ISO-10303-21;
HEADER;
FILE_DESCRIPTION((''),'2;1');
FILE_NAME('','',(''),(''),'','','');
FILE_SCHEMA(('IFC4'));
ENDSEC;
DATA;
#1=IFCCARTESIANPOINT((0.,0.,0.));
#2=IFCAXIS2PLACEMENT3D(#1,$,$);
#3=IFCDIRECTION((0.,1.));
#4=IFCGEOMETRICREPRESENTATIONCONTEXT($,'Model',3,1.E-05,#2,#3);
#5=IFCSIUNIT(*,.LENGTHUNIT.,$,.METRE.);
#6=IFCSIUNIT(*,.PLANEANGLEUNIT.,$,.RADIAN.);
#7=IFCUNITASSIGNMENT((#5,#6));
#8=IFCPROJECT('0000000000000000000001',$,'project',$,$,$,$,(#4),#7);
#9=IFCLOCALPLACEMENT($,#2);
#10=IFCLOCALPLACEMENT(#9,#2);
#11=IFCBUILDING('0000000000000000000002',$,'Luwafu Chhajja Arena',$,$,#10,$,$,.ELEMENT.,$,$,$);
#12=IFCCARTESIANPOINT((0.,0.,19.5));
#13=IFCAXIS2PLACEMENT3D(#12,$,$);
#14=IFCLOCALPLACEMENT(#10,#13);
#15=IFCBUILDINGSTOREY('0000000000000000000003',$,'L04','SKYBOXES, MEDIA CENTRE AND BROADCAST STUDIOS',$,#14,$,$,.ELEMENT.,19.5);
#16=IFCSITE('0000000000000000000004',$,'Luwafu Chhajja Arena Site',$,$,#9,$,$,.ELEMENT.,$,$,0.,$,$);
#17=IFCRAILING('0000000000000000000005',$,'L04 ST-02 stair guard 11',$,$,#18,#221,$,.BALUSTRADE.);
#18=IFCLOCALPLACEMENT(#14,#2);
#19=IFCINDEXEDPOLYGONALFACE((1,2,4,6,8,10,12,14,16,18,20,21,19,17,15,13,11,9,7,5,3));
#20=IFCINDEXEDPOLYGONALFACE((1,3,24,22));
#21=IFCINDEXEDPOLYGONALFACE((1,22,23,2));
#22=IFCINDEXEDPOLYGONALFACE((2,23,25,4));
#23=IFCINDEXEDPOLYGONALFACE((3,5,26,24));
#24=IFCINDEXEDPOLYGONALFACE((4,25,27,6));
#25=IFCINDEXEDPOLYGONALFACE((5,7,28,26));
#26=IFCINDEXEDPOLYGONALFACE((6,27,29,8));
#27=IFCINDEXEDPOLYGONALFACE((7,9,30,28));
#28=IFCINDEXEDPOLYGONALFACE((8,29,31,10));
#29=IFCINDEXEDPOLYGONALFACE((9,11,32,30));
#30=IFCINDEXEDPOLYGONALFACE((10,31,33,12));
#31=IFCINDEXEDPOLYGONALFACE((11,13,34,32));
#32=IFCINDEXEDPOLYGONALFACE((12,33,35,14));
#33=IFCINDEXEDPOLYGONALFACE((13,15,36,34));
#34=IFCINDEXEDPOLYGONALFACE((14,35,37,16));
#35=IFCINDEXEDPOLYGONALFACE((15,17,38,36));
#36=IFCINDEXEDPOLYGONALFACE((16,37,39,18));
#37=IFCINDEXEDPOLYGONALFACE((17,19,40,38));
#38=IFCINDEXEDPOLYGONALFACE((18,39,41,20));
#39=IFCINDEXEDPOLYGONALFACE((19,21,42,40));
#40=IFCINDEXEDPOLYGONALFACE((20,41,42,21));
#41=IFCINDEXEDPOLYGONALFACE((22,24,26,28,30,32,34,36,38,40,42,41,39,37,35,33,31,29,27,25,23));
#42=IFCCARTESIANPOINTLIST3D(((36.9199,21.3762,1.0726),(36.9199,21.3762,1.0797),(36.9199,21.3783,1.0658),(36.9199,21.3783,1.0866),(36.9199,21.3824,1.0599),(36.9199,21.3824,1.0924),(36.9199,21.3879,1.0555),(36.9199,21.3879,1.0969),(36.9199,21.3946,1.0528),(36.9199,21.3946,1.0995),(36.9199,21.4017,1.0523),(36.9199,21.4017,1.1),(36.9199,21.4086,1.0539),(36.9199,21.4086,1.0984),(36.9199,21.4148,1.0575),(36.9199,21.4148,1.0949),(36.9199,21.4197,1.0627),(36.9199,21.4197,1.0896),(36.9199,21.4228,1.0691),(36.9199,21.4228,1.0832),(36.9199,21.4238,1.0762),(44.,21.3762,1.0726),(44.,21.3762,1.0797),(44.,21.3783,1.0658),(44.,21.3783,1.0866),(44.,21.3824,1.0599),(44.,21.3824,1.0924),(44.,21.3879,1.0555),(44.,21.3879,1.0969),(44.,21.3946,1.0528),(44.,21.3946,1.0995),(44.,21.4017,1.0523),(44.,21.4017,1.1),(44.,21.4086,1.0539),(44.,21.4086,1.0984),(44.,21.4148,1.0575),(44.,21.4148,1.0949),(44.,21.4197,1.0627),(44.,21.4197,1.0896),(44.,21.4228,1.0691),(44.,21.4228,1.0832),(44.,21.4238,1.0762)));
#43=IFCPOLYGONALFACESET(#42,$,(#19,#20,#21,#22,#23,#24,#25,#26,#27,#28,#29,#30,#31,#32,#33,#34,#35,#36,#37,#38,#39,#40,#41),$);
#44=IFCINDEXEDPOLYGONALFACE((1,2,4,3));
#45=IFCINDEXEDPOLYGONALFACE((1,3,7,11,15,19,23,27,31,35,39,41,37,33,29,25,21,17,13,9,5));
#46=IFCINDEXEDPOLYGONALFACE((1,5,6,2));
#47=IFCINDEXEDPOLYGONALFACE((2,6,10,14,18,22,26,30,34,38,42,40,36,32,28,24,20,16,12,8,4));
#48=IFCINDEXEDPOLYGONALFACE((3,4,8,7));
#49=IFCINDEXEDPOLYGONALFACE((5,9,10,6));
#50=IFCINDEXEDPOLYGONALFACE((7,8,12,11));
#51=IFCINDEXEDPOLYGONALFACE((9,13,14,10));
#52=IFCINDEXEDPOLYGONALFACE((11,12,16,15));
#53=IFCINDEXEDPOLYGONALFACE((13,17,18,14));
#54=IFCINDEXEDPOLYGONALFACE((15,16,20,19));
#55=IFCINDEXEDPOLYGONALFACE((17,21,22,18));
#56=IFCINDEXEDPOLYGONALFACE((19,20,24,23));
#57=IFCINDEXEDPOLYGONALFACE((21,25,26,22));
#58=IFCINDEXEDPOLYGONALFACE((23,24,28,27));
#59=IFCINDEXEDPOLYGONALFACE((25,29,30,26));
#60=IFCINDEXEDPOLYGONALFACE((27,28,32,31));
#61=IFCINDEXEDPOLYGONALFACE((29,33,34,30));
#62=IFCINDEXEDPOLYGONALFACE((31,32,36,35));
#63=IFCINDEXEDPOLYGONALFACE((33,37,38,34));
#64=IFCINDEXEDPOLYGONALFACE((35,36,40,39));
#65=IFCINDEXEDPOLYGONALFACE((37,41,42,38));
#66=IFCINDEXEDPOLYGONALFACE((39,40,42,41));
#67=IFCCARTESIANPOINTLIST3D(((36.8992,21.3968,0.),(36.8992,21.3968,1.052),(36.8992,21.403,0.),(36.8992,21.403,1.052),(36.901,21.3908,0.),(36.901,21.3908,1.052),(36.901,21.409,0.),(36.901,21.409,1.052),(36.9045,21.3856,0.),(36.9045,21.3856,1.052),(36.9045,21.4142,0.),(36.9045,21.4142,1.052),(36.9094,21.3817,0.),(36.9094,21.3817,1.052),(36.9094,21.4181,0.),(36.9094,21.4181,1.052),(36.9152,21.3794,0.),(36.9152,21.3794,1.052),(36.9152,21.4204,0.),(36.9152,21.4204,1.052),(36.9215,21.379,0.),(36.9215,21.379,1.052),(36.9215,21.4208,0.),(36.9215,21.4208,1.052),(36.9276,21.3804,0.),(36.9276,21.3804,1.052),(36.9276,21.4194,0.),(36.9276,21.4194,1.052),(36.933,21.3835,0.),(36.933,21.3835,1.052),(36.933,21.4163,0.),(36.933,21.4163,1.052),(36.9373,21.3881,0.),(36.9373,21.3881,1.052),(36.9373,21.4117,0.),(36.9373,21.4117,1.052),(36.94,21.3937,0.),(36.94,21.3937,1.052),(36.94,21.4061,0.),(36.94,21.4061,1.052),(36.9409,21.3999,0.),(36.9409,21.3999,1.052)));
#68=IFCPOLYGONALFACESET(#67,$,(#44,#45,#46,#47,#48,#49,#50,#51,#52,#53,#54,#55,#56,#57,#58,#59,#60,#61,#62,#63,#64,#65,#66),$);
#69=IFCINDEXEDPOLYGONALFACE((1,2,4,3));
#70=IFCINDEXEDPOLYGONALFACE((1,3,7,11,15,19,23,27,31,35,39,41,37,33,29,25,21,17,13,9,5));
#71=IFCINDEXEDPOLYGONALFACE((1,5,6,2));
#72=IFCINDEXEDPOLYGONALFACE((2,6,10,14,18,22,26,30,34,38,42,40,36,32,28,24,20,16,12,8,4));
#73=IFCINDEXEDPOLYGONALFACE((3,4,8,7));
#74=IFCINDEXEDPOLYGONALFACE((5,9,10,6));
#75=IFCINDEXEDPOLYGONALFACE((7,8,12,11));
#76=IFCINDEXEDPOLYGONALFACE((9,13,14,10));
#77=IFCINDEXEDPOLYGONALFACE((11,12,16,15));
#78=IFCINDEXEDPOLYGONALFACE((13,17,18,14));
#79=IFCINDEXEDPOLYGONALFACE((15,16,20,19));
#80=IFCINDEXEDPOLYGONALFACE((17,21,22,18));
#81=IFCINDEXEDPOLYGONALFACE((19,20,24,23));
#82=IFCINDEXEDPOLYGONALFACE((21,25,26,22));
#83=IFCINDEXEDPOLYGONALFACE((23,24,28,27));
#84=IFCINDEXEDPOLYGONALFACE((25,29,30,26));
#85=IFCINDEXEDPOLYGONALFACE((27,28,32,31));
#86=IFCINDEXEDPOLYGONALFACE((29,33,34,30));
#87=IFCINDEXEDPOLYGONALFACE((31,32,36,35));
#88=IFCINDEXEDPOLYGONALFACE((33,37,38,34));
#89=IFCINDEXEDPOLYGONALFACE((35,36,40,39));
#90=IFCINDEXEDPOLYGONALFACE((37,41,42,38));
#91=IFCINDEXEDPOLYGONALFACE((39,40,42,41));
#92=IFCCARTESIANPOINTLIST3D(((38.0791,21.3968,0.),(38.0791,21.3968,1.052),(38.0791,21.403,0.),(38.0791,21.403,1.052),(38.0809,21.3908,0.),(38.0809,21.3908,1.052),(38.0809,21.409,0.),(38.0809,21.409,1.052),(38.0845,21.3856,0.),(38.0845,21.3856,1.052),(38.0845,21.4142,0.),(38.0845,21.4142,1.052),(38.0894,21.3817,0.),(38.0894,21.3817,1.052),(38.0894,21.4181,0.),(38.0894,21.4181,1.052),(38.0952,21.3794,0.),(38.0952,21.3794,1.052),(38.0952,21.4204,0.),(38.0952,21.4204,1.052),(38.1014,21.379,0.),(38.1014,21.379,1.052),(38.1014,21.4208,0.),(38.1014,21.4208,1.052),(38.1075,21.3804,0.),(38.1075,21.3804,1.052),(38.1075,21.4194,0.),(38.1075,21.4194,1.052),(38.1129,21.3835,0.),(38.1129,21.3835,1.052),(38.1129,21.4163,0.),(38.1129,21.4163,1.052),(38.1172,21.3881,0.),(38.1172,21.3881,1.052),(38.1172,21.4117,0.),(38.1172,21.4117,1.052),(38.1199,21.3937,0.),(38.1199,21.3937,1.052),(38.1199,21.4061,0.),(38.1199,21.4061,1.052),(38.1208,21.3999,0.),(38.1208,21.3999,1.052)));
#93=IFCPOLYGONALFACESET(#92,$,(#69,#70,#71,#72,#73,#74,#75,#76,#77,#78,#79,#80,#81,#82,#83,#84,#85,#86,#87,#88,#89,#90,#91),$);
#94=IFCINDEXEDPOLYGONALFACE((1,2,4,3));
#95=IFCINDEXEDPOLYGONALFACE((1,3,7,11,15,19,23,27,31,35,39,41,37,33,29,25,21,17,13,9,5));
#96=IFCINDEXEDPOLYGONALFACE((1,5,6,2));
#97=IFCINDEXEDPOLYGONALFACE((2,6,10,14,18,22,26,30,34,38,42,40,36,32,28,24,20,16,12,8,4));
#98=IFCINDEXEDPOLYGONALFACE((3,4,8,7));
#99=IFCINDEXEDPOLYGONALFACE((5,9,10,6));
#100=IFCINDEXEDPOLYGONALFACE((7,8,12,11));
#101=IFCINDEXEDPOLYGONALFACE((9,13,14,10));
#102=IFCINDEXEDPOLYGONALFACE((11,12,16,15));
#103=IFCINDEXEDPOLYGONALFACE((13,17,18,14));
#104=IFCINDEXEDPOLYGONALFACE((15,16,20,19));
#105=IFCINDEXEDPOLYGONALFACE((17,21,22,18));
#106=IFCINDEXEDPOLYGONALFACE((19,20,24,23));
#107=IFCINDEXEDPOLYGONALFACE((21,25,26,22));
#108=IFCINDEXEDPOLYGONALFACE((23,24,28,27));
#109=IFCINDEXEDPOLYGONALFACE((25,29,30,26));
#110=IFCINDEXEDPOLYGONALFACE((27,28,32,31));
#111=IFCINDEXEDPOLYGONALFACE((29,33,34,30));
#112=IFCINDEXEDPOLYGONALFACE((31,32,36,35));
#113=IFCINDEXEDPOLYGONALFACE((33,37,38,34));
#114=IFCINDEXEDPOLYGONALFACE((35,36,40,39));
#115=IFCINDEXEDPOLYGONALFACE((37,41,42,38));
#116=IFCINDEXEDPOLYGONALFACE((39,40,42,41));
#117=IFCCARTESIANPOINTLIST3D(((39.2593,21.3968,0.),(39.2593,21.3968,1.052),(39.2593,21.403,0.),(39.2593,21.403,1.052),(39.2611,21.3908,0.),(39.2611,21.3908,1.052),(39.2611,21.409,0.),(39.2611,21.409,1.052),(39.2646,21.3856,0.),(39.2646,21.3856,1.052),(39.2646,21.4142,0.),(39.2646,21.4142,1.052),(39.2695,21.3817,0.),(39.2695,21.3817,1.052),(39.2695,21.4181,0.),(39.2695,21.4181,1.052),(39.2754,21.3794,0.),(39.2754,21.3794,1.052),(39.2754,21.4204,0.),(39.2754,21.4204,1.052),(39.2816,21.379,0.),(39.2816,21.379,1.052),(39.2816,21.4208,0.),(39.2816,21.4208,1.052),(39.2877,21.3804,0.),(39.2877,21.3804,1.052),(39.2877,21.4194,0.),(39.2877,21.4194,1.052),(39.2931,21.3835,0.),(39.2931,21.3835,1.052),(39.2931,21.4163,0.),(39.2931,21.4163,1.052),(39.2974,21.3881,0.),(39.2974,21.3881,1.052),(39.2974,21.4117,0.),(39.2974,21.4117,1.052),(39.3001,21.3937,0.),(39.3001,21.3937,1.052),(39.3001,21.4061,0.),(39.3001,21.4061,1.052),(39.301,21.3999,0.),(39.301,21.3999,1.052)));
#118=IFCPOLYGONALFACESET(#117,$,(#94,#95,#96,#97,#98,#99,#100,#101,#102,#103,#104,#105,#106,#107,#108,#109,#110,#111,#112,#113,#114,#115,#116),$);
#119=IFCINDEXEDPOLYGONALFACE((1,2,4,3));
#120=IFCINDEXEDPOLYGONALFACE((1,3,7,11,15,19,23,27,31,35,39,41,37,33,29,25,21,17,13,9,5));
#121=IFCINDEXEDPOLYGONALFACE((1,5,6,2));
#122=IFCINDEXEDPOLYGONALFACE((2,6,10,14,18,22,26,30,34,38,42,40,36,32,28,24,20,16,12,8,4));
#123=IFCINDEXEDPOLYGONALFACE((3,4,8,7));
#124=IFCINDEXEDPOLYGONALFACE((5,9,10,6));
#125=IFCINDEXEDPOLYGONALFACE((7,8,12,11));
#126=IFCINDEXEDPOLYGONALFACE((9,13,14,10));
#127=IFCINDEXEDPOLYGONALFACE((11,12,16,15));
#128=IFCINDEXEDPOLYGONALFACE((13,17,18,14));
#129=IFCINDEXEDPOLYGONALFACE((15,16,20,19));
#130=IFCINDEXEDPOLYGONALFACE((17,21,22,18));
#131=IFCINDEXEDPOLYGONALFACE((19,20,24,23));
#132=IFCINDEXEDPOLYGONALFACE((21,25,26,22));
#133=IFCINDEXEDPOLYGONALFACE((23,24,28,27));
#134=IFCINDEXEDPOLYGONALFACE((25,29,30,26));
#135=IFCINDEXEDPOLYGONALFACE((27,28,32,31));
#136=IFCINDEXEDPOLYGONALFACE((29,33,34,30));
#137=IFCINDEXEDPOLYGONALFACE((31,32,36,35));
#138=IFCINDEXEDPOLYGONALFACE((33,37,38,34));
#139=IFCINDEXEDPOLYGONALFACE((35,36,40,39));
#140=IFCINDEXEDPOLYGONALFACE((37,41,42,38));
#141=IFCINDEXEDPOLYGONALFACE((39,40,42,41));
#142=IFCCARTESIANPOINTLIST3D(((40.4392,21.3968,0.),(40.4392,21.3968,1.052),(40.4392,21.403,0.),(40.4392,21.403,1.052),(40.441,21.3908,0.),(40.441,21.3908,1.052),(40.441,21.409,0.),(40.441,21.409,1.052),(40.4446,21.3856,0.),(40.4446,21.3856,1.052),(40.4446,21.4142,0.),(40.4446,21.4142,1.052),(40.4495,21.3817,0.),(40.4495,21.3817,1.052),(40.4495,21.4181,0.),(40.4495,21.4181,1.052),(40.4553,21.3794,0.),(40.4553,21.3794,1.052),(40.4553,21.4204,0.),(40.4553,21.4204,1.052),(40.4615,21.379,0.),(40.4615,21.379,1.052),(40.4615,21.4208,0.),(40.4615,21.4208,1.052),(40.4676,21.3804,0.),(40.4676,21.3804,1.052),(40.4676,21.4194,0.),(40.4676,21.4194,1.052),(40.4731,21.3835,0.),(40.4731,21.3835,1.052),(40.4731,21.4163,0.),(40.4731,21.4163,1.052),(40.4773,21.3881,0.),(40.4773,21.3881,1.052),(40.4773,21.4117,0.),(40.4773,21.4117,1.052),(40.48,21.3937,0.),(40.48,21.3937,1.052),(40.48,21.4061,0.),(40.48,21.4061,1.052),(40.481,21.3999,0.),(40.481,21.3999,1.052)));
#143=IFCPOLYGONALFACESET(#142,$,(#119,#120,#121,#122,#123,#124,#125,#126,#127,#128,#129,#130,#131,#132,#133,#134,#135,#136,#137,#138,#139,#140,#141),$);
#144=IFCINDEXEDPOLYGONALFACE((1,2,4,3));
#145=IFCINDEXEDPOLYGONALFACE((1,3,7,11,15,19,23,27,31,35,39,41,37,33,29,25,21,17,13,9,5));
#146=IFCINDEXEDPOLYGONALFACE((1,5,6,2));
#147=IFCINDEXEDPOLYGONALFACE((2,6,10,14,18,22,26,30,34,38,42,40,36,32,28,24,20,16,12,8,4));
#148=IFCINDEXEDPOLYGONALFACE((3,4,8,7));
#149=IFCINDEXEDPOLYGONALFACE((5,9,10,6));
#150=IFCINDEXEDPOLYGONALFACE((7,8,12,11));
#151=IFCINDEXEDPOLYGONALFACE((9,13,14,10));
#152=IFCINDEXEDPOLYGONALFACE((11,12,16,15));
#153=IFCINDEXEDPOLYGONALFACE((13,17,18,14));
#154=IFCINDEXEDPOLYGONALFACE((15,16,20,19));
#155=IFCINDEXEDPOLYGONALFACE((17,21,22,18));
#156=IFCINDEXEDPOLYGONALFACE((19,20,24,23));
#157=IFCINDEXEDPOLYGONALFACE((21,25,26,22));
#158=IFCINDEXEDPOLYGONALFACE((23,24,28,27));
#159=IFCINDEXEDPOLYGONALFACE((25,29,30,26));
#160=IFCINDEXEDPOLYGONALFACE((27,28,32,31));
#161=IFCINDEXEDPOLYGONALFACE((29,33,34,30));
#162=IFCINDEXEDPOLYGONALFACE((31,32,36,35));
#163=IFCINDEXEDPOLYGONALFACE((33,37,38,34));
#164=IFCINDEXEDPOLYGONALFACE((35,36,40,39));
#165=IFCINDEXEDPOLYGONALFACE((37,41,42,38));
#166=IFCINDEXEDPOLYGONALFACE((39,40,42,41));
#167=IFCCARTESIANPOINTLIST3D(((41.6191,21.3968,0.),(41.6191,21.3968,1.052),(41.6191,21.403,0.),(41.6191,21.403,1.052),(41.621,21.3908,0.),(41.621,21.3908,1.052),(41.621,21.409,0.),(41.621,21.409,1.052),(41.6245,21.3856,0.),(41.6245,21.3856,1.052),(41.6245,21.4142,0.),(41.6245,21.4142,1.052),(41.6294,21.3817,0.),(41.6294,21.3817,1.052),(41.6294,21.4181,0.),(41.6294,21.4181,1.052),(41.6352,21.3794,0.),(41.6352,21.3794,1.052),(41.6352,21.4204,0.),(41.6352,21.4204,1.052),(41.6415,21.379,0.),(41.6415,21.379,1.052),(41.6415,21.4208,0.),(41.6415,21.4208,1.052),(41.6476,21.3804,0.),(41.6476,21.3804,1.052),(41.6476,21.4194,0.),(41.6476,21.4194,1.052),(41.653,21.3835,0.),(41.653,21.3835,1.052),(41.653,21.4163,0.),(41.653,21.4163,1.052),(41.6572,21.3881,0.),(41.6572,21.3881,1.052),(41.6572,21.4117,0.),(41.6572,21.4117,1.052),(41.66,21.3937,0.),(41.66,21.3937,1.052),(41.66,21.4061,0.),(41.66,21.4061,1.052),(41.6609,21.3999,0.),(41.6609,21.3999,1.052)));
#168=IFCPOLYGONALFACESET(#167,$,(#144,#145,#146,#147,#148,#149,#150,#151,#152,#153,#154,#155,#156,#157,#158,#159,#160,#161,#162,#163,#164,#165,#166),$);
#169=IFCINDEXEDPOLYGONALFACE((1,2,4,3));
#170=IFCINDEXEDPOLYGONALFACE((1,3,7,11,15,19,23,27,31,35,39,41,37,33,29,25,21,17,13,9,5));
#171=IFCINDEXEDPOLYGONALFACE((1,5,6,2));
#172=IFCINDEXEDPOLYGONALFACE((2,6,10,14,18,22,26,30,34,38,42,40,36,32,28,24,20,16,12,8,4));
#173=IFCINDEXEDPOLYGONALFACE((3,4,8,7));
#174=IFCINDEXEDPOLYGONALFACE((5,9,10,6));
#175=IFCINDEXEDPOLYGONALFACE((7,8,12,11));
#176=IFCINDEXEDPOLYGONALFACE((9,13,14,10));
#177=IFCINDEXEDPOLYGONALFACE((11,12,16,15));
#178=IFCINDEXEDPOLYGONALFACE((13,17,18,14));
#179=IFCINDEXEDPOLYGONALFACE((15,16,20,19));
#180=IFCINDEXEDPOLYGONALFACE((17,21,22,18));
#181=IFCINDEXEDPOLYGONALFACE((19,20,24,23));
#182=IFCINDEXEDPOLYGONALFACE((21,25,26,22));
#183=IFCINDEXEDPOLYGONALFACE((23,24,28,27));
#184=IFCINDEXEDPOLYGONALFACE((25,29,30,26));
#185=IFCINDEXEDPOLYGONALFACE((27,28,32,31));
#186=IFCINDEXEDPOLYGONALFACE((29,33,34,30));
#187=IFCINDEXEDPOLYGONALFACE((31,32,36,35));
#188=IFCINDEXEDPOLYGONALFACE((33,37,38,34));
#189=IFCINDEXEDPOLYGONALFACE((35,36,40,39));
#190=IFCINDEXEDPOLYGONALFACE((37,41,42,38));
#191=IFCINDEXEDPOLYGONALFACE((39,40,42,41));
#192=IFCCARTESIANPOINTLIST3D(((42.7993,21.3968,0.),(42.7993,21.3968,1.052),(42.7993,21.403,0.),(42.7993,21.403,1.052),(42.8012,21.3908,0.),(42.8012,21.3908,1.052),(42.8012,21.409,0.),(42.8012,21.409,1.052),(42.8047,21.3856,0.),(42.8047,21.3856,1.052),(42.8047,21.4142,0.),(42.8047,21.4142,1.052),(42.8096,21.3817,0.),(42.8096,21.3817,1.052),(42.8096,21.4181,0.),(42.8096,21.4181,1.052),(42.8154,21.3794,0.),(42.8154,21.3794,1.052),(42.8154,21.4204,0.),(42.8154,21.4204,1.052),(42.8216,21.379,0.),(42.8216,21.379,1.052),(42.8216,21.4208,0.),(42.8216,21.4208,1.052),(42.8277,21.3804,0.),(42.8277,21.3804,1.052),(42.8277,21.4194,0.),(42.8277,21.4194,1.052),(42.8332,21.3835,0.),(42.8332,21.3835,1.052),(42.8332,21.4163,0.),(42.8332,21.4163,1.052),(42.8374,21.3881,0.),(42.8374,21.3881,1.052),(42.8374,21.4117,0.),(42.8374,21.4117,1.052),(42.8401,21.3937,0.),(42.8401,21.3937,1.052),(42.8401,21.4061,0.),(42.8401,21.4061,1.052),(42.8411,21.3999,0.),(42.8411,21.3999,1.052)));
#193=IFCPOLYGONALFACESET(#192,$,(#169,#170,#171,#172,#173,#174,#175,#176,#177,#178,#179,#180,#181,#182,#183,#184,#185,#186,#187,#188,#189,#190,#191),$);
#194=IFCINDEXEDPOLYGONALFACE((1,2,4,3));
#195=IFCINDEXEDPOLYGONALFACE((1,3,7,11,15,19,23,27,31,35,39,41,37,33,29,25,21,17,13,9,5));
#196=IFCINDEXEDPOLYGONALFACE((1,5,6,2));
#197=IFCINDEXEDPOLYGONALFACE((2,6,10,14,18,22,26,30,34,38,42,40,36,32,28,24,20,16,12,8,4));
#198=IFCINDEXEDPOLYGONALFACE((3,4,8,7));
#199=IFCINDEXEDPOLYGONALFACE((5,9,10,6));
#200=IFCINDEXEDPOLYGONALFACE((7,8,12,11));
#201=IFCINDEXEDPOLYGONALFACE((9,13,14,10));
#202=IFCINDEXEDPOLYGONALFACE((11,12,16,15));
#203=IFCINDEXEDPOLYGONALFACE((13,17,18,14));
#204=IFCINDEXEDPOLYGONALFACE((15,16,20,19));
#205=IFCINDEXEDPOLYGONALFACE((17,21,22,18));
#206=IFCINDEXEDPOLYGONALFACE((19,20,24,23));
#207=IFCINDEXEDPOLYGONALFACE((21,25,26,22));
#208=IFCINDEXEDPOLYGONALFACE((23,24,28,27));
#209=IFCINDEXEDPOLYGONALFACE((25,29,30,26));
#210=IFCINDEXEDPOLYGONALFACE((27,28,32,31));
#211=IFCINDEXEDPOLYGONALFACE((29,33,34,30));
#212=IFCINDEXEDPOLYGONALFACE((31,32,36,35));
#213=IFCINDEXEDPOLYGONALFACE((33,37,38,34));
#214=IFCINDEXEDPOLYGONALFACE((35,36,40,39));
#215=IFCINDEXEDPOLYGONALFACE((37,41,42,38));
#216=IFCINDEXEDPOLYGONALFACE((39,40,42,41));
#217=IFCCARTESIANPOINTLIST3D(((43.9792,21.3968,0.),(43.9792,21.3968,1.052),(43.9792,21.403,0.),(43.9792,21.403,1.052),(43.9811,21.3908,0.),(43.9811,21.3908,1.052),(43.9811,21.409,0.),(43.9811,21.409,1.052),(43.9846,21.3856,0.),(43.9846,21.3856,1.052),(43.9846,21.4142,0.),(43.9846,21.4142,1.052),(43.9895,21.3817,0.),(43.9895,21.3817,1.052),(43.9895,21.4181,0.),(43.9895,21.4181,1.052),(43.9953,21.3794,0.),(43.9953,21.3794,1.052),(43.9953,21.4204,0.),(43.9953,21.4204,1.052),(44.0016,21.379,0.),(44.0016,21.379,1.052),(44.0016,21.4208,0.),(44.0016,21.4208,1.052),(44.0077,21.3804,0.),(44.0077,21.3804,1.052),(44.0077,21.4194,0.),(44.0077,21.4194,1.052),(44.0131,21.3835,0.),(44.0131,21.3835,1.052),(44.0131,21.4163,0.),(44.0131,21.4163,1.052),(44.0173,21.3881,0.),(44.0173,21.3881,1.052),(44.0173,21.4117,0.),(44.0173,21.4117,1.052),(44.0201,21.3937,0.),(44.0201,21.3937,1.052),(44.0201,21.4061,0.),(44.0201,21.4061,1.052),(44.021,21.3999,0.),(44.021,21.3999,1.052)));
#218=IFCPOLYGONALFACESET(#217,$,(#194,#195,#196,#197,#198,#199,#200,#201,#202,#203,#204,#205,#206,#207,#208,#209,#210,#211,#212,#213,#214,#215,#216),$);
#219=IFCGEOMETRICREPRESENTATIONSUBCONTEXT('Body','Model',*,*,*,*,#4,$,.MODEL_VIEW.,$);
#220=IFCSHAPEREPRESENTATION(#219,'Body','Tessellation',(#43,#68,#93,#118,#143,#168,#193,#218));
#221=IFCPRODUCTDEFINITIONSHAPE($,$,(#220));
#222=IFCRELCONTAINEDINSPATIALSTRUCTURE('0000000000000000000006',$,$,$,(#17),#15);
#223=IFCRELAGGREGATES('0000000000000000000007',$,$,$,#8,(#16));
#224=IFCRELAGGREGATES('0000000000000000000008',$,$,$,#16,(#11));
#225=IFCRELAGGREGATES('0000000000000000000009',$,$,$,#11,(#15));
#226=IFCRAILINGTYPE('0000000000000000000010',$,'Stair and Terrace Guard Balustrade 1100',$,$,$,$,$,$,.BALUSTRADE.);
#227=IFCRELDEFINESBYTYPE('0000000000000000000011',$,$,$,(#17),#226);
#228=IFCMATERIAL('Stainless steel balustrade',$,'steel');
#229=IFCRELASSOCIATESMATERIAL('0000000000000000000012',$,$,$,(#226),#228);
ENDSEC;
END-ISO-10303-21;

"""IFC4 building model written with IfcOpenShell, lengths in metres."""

from ifc_helpers import new_model, si_unit, direction, frame, origin, origin_2d, place, context, subcontext, project, spatial, circle, extrude, material, type_object, element, save


model = new_model("IFC4")

# Units and contexts
model_context = context("Model", 3, precision=1e-05, world=origin(), true_north=direction((0.0, 1.0)))
body_context = subcontext(model_context, "Body", "Model", "MODEL_VIEW")
ifc_project = project(units=[si_unit("LENGTHUNIT", "METRE"), si_unit("PLANEANGLEUNIT", "RADIAN")], contexts=[model_context])

# Site, building, storey
site_placement = place(None, origin())
site = spatial("IfcSite", under=ifc_project, at=site_placement, Name="Luwafu Chhajja Arena Site", CompositionType="ELEMENT", RefElevation=0.0)
building_placement = place(site_placement, origin())
building = spatial("IfcBuilding", under=site, at=building_placement, Name="Luwafu Chhajja Arena", CompositionType="ELEMENT")
storey_placement = place(building_placement, frame((0.0, 0.0, 19.5)))
storey = spatial("IfcBuildingStorey", under=building, at=storey_placement, Name="L04", Description="SKYBOXES, MEDIA CENTRE AND BROADCAST STUDIOS", CompositionType="ELEMENT", Elevation=19.5)

# Railing
ifc_material_1 = material(Name="Stainless steel balustrade", Category="steel")
railing_type = type_object("IfcRailingType", Name="Stair and Terrace Guard Balustrade 1100", PredefinedType="BALUSTRADE", material=ifc_material_1)
railing_1_placement = place(storey_placement, frame((36.9199, 21.3999, 0.0)))
element("IfcRailing", 1, at=railing_1_placement, inside=storey, type_object=railing_type, Name="L04 ST-02 stair guard 11", PredefinedType="BALUSTRADE", context=body_context, shape_type="SweptSolid", body=[
    extrude(circle(Radius=0.0239, at=origin_2d()), frame((0.0, 0.0, 1.0762), z_axis=(1.0, 0.0, 0.0), x_axis=(0.0, 1.0, 0.0)), (0.0, 0.0, 1.0), 7.0801),
    extrude(circle(Radius=0.021, at=origin_2d()), origin(), (0.0, 0.0, 1.0), 1.052),
    extrude(circle(Radius=0.021, at=origin_2d()), frame((1.1799, 0.0, 0.0)), (0.0, 0.0, 1.0), 1.052),
    extrude(circle(Radius=0.021, at=origin_2d()), frame((2.3601, 0.0, 0.0)), (0.0, 0.0, 1.0), 1.052),
    extrude(circle(Radius=0.021, at=origin_2d()), frame((3.54, 0.0, 0.0)), (0.0, 0.0, 1.0), 1.052),
    extrude(circle(Radius=0.021, at=origin_2d()), frame((4.72, 0.0, 0.0)), (0.0, 0.0, 1.0), 1.052),
    extrude(circle(Radius=0.021, at=origin_2d()), frame((5.9001, 0.0, 0.0)), (0.0, 0.0, 1.0), 1.052),
    extrude(circle(Radius=0.021, at=origin_2d()), frame((7.0801, 0.0, 0.0)), (0.0, 0.0, 1.0), 1.052),
])

save(model, "model.ifc")
